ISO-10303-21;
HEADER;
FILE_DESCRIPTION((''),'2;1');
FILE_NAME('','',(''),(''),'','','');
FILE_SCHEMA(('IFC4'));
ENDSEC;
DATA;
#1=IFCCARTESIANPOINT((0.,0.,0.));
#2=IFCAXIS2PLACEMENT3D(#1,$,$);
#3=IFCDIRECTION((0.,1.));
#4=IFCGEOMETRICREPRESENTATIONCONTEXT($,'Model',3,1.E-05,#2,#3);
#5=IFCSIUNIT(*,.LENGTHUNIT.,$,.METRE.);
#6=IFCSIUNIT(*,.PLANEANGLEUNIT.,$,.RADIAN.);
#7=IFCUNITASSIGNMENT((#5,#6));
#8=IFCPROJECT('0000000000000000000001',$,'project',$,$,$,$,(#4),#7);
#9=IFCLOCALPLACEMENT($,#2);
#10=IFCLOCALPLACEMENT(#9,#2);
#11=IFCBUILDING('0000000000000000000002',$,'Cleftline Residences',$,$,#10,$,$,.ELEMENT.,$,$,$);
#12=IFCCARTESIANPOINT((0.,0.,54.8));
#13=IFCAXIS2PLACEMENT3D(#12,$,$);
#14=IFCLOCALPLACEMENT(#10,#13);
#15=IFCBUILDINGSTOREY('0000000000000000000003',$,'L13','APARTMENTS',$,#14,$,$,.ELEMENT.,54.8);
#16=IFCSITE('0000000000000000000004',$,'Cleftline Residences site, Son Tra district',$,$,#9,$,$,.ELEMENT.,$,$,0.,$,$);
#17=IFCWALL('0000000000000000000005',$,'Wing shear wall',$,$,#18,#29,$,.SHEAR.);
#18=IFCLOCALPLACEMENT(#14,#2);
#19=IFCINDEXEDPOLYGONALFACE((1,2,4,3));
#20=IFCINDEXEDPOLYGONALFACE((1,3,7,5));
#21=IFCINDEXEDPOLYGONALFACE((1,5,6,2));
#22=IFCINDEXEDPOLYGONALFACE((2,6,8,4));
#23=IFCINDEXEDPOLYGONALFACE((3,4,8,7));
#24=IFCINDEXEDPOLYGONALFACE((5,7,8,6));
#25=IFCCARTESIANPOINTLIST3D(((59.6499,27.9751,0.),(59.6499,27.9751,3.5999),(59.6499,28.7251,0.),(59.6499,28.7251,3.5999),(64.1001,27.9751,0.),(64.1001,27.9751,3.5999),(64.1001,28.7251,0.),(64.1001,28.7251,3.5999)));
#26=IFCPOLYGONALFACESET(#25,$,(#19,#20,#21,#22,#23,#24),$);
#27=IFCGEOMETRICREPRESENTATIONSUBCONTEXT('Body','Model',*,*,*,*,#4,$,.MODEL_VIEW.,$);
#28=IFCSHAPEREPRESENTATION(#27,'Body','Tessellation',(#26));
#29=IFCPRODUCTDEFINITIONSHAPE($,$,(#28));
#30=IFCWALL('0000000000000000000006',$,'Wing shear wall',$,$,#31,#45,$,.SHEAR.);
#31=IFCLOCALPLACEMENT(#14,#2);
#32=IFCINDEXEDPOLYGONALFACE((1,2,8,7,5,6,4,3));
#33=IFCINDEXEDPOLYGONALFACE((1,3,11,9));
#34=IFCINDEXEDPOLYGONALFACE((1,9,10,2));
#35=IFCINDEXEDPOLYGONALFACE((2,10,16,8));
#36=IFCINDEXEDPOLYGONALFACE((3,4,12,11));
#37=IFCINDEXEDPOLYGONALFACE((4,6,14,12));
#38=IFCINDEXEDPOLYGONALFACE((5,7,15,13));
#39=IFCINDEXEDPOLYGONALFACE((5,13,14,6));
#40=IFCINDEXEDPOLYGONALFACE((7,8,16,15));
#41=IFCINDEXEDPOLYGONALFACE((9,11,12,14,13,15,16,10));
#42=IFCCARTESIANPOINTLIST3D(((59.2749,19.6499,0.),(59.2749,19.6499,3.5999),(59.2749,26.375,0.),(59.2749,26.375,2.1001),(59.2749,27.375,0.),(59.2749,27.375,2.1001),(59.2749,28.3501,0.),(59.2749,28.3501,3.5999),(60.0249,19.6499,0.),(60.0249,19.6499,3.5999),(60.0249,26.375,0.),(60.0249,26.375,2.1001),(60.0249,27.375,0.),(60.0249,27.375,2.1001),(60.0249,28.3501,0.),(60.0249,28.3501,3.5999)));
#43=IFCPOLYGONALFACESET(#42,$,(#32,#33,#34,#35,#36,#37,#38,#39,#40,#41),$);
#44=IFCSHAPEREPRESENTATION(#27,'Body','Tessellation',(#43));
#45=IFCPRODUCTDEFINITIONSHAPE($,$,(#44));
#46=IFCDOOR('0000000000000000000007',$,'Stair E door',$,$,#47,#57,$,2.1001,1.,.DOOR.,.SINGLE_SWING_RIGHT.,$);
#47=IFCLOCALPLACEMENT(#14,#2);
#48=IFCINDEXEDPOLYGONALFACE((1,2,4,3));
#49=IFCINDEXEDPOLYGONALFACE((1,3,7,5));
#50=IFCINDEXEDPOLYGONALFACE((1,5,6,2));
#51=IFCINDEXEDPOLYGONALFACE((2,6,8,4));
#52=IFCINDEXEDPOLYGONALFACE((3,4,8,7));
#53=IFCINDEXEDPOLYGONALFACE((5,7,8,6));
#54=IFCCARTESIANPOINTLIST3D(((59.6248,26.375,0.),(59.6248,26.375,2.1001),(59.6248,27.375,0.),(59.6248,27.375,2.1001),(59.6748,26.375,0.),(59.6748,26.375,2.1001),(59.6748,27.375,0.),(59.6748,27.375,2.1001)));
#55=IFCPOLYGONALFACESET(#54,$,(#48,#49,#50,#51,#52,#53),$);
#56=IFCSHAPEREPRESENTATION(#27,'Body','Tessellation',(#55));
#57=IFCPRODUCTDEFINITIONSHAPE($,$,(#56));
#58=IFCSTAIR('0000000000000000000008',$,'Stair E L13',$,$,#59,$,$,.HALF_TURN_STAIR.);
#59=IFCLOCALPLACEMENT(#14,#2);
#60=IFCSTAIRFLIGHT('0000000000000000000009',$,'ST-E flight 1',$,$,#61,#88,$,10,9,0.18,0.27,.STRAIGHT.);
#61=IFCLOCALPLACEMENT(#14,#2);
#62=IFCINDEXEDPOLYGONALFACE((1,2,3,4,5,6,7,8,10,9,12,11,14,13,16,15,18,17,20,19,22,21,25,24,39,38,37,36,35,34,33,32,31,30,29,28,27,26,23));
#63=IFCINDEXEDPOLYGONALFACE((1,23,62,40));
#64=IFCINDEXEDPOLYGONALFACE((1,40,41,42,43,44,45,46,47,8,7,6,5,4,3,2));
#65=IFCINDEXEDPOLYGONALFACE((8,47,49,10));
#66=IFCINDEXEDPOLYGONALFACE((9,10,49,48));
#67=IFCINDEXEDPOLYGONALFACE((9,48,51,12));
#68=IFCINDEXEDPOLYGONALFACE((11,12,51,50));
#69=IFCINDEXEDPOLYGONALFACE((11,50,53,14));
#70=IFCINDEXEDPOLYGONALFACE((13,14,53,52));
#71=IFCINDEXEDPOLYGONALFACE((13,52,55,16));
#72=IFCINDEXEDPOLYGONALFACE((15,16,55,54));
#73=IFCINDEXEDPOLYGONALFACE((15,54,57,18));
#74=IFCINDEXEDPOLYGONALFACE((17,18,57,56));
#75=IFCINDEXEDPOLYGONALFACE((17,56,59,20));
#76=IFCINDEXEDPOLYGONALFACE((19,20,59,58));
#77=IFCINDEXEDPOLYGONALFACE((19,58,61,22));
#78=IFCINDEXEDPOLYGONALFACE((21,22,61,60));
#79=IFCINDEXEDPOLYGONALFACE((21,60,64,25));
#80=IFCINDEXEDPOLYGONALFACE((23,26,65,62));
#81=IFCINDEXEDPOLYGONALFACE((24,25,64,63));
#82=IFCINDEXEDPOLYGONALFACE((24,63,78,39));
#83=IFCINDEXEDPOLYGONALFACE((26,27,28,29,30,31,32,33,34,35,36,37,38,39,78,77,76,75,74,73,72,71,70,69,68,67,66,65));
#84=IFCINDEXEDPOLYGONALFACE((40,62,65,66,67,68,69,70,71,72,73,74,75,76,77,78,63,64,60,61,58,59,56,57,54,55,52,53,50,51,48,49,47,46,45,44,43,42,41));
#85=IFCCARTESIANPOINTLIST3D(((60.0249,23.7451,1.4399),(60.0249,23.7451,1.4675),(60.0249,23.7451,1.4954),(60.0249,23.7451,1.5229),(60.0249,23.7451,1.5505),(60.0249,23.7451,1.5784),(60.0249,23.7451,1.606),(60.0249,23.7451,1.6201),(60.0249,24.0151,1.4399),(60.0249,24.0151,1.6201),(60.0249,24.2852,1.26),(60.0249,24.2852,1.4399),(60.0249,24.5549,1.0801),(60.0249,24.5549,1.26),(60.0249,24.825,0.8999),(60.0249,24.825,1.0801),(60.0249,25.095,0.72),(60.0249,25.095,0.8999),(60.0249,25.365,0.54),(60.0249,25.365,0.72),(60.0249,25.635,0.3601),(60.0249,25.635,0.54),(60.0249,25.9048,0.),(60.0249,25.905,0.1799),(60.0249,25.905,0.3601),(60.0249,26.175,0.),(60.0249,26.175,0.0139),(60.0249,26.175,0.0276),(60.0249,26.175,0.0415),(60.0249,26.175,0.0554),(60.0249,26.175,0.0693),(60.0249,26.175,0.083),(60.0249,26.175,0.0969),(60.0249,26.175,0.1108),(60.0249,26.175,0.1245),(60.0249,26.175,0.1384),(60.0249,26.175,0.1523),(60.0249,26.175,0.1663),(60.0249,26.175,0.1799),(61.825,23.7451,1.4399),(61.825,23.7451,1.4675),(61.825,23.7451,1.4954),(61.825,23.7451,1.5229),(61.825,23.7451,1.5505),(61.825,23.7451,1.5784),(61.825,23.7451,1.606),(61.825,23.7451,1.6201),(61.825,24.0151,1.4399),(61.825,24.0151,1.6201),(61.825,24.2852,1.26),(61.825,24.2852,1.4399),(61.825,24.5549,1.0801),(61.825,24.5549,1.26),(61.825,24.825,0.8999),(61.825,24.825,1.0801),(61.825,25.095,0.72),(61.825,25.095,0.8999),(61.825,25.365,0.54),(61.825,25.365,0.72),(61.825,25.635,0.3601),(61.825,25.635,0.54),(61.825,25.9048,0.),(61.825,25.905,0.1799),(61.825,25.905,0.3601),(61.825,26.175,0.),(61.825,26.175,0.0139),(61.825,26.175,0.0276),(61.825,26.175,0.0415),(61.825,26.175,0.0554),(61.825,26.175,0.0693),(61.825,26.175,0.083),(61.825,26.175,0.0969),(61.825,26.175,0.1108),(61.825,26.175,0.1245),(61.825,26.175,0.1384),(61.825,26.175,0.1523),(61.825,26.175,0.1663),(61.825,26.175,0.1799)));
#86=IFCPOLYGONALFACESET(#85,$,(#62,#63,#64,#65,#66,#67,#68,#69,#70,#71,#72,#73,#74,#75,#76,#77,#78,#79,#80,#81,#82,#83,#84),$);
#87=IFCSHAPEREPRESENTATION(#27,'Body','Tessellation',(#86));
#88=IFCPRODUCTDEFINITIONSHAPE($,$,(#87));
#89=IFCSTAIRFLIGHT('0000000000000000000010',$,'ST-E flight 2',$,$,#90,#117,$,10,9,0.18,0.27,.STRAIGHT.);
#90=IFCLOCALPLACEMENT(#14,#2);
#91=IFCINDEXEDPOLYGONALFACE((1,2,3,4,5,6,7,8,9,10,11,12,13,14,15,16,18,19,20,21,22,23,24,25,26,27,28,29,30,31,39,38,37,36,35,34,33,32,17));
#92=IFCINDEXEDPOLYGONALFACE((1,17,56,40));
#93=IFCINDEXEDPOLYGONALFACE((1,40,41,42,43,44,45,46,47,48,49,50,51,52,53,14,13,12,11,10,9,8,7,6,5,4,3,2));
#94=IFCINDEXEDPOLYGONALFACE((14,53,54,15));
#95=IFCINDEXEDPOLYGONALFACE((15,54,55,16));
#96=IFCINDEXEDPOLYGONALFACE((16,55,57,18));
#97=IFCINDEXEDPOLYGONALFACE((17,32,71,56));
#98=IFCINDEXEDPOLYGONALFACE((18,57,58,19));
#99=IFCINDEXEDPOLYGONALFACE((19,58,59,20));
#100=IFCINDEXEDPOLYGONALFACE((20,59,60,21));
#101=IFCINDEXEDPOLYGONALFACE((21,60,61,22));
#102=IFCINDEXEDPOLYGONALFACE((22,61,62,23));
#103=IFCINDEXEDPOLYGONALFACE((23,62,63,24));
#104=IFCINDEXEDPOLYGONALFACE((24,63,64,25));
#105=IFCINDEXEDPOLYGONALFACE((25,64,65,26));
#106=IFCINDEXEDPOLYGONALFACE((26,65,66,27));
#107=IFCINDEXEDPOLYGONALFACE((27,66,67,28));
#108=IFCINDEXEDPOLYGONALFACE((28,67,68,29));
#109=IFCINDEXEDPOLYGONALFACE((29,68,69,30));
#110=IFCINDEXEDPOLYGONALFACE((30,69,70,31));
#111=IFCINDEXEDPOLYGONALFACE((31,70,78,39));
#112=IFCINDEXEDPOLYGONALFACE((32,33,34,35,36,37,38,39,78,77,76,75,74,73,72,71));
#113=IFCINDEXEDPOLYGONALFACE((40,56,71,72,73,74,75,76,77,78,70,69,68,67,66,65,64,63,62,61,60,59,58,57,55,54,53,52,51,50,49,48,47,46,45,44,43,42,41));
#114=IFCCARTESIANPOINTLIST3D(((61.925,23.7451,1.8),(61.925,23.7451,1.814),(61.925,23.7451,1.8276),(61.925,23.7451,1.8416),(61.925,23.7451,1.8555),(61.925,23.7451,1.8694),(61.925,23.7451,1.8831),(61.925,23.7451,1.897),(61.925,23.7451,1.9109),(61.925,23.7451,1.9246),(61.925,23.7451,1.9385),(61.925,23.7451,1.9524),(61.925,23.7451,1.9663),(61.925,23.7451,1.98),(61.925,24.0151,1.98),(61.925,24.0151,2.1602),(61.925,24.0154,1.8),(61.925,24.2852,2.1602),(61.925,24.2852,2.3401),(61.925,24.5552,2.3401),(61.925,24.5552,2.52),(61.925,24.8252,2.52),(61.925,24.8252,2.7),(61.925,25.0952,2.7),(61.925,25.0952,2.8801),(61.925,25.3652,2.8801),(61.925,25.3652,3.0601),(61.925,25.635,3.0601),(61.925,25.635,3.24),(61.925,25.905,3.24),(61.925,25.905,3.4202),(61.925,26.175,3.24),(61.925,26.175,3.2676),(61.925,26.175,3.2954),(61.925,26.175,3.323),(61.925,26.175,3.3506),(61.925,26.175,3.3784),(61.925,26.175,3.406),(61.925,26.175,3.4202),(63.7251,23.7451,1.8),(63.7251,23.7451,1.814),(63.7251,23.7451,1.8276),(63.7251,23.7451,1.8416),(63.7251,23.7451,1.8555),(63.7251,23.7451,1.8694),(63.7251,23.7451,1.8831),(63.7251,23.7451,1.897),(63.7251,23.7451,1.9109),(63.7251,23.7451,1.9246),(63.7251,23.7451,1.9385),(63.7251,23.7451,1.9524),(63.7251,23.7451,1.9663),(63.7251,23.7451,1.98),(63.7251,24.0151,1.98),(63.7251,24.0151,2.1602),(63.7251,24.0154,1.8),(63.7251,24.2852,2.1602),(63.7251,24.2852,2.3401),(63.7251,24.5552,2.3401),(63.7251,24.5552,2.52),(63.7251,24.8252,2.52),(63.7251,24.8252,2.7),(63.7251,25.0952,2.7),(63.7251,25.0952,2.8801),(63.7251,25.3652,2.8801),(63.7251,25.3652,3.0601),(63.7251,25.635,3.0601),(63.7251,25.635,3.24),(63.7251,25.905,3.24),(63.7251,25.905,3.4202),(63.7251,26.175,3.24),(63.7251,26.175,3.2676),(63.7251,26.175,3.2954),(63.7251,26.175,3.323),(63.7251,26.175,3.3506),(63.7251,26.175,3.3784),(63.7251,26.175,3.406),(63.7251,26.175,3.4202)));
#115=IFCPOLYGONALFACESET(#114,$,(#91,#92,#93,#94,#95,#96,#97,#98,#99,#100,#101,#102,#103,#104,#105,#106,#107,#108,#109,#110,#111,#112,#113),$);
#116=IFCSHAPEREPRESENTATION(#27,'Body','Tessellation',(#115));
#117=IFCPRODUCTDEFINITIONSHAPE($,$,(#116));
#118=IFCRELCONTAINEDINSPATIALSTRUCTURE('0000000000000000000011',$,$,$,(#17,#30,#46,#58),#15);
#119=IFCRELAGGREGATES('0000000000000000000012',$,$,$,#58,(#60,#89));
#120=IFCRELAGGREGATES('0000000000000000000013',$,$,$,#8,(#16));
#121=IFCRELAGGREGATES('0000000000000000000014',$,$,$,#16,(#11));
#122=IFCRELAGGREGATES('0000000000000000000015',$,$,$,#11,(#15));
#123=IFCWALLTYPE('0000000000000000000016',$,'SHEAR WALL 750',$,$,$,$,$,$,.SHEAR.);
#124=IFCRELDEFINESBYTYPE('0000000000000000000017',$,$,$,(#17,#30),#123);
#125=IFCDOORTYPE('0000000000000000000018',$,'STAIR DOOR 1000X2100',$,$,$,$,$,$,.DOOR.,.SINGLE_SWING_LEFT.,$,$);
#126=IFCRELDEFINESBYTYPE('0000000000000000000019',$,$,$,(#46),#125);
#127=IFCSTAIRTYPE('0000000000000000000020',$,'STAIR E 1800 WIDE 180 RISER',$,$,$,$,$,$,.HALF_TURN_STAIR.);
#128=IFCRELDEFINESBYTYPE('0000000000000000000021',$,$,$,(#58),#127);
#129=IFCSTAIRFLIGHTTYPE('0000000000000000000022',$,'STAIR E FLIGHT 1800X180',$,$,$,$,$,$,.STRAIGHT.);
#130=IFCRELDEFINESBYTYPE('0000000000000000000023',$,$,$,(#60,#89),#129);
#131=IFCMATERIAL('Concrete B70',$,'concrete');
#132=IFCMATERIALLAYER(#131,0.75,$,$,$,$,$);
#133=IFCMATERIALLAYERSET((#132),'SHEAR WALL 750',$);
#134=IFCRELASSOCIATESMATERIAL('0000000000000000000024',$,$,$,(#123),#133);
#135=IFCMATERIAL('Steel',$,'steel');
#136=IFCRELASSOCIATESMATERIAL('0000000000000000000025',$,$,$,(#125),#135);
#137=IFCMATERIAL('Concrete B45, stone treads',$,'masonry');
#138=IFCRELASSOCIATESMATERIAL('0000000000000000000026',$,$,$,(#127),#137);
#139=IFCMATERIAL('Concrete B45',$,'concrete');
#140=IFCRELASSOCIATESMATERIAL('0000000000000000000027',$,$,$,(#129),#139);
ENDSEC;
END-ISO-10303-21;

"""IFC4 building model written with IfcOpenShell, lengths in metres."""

from ifc_helpers import new_model, si_unit, direction, frame, frame_2d, origin, place, context, subcontext, project, spatial, polyline, rectangle, outline, extrude, material, layer, layer_set, type_object, element, fill, aggregate, save


model = new_model("IFC4")

# Units and contexts
model_context = context("Model", 3, precision=1e-05, world=origin(), true_north=direction((0.0, 1.0)))
body_context = subcontext(model_context, "Body", "Model", "MODEL_VIEW")
ifc_project = project(units=[si_unit("LENGTHUNIT", "METRE"), si_unit("PLANEANGLEUNIT", "RADIAN")], contexts=[model_context])

# Site, building, storey
site_placement = place(None, origin())
site = spatial("IfcSite", under=ifc_project, at=site_placement, Name="Cleftline Residences site, Son Tra district", CompositionType="ELEMENT", RefElevation=0.0)
building_placement = place(site_placement, origin())
building = spatial("IfcBuilding", under=site, at=building_placement, Name="Cleftline Residences", CompositionType="ELEMENT")
storey_placement = place(building_placement, frame((0.0, 0.0, 54.8)))
storey = spatial("IfcBuildingStorey", under=building, at=storey_placement, Name="L13", Description="APARTMENTS", CompositionType="ELEMENT", Elevation=54.8)

# Wall
ifc_material_1 = material(Name="Concrete B70", Category="concrete")
ifc_layer_1 = layer(ifc_material_1, 0.75)
ifc_layer_set_1 = layer_set([ifc_layer_1], Name="SHEAR WALL 750")
wall_type_1 = type_object("IfcWallType", Name="SHEAR WALL 750", PredefinedType="SHEAR", material=ifc_layer_set_1)
wall_1_placement = place(storey_placement, frame((64.1001, 28.3501, 0.0), z_axis=(0.0, 0.0, 1.0), x_axis=(-1.0, 0.0, 0.0)))
element("IfcWall", 1, at=wall_1_placement, inside=storey, type_object=wall_type_1, Name="Wing shear wall", PredefinedType="SHEAR", context=body_context, shape_type="SweptSolid", body=[
    extrude(rectangle(XDim=4.4502, YDim=0.75, at=frame_2d((2.2251, 0.0))), origin(), (0.0, 0.0, 1.0), 3.5999),
])

# Wall, opening, door
wall_2_placement = place(storey_placement, frame((59.6499, 28.3501, 0.0), z_axis=(0.0, 0.0, 1.0), x_axis=(0.0, -1.0, 0.0)))
wall_2 = element("IfcWall", 2, at=wall_2_placement, inside=storey, type_object=wall_type_1, Name="Wing shear wall", PredefinedType="SHEAR", context=body_context, shape_type="SweptSolid", body=[
    extrude(rectangle(XDim=8.7002, YDim=0.75, at=frame_2d((4.3501, 0.0))), origin(), (0.0, 0.0, 1.0), 3.5999),
])
opening_1_placement = place(wall_2_placement, frame((0.9751, 0.0, 0.0)))
opening_1 = element("IfcOpeningElement", 3, at=opening_1_placement, cuts=wall_2, PredefinedType="OPENING", context=body_context, shape_type="SweptSolid", body=[
    extrude(rectangle(XDim=1.0, YDim=2.1001, at=frame_2d((0.5, 1.05))), frame((0.0, 0.385, 0.0), z_axis=(0.0, -1.0, 0.0), x_axis=(1.0, 0.0, 0.0)), (0.0, 0.0, 1.0), 0.77),
])
ifc_material_2 = material(Name="Steel", Category="steel")
door_type_1 = type_object("IfcDoorType", Name="STAIR DOOR 1000X2100", OperationType="SINGLE_SWING_LEFT", PredefinedType="DOOR", material=ifc_material_2)
door_1_placement = place(opening_1_placement, origin())
door_1 = element("IfcDoor", 4, at=door_1_placement, inside=storey, type_object=door_type_1, Name="Stair E door", OperationType="SINGLE_SWING_RIGHT", OverallHeight=2.1001, OverallWidth=1.0, PredefinedType="DOOR", context=body_context, shape_type="SweptSolid", body=[
    extrude(rectangle(XDim=1.0, YDim=2.1001, at=frame_2d((0.5, 1.05))), frame((0.0, 0.0249, 0.0), z_axis=(0.0, -1.0, 0.0), x_axis=(1.0, 0.0, 0.0)), (0.0, 0.0, 1.0), 0.05),
])
fill(opening_1, door_1)

# Stair, stair flights
ifc_material_3 = material(Name="Concrete B45, stone treads", Category="masonry")
stair_type = type_object("IfcStairType", Name="STAIR E 1800 WIDE 180 RISER", PredefinedType="HALF_TURN_STAIR", material=ifc_material_3)
stair_placement = place(storey_placement, origin())
stair = element("IfcStair", 5, at=stair_placement, inside=storey, type_object=stair_type, Name="Stair E L13", PredefinedType="HALF_TURN_STAIR")
ifc_material_4 = material(Name="Concrete B45", Category="concrete")
stair_flight_type = type_object("IfcStairFlightType", Name="STAIR E FLIGHT 1800X180", PredefinedType="STRAIGHT", material=ifc_material_4)
stair_flight_1_placement = place(storey_placement, frame((60.925, 26.175, 0.0), z_axis=(0.0, 0.0, 1.0), x_axis=(0.0, -1.0, 0.0)))
stair_flight_1 = element("IfcStairFlight", 6, at=stair_flight_1_placement, type_object=stair_flight_type, Name="ST-E flight 1", NumberOfRisers=10, NumberOfTreads=9, PredefinedType="STRAIGHT", RiserHeight=0.18, TreadLength=0.27, context=body_context, shape_type="SweptSolid", body=[
    extrude(outline(polyline([(0.0, 0.0), (0.0, 0.0139), (0.0, 0.0276), (0.0, 0.0415), (0.0, 0.0554), (0.0, 0.0693), (0.0, 0.083), (0.0, 0.0969), (0.0, 0.1108), (0.0, 0.1245), (0.0, 0.1384), (0.0, 0.1523), (0.0, 0.1663), (0.0, 0.1799), (0.27, 0.1799), (0.27, 0.3601), (0.54, 0.3601), (0.54, 0.54), (0.8101, 0.54), (0.8101, 0.72), (1.0801, 0.72), (1.0801, 0.8999), (1.3501, 0.8999), (1.3501, 1.0801), (1.6201, 1.0801), (1.6201, 1.26), (1.8899, 1.26), (1.8899, 1.4399), (2.1599, 1.4399), (2.1599, 1.6201), (2.4299, 1.6201), (2.4299, 1.8), (2.4299, 1.7722), (2.4299, 1.7446), (2.4299, 1.7168), (2.4299, 1.6892), (2.4299, 1.6614), (2.4299, 1.6338), (2.4299, 1.606), (2.4299, 1.5784), (2.4299, 1.5505), (2.4299, 1.5229), (2.4299, 1.4954), (2.4299, 1.4675), (2.4299, 1.4399), (0.2703, 0.0), (0.0, 0.0)])), frame((0.0, 0.8999, 0.0), z_axis=(0.0, -1.0, 0.0), x_axis=(1.0, 0.0, 0.0)), (0.0, 0.0, 1.0), 1.8),
])
stair_flight_2_placement = place(storey_placement, frame((62.825, 23.7451, 1.8), z_axis=(0.0, 0.0, 1.0), x_axis=(0.0, 1.0, 0.0)))
stair_flight_2 = element("IfcStairFlight", 7, at=stair_flight_2_placement, type_object=stair_flight_type, Name="ST-E flight 2", NumberOfRisers=10, NumberOfTreads=9, PredefinedType="STRAIGHT", RiserHeight=0.18, TreadLength=0.27, context=body_context, shape_type="SweptSolid", body=[
    extrude(outline(polyline([(0.0, 0.0), (0.0, 0.0139), (0.0, 0.0276), (0.0, 0.0415), (0.0, 0.0554), (0.0, 0.0693), (0.0, 0.083), (0.0, 0.0969), (0.0, 0.1108), (0.0, 0.1245), (0.0, 0.1384), (0.0, 0.1523), (0.0, 0.1663), (0.0, 0.1799), (0.27, 0.1799), (0.27, 0.3601), (0.54, 0.3601), (0.54, 0.54), (0.8101, 0.54), (0.8101, 0.72), (1.0801, 0.72), (1.0801, 0.8999), (1.3501, 0.8999), (1.3501, 1.0801), (1.6201, 1.0801), (1.6201, 1.26), (1.8899, 1.26), (1.8899, 1.4399), (2.1599, 1.4399), (2.1599, 1.6201), (2.4299, 1.6201), (2.4299, 1.8), (2.4299, 1.7722), (2.4299, 1.7446), (2.4299, 1.7168), (2.4299, 1.6892), (2.4299, 1.6614), (2.4299, 1.6338), (2.4299, 1.606), (2.4299, 1.5784), (2.4299, 1.5505), (2.4299, 1.5229), (2.4299, 1.4954), (2.4299, 1.4675), (2.4299, 1.4399), (0.2703, 0.0), (0.0, 0.0)])), frame((0.0, 0.8999, 0.0), z_axis=(0.0, -1.0, 0.0), x_axis=(1.0, 0.0, 0.0)), (0.0, 0.0, 1.0), 1.8),
])
aggregate(stair, [stair_flight_1, stair_flight_2])

save(model, "model.ifc")
